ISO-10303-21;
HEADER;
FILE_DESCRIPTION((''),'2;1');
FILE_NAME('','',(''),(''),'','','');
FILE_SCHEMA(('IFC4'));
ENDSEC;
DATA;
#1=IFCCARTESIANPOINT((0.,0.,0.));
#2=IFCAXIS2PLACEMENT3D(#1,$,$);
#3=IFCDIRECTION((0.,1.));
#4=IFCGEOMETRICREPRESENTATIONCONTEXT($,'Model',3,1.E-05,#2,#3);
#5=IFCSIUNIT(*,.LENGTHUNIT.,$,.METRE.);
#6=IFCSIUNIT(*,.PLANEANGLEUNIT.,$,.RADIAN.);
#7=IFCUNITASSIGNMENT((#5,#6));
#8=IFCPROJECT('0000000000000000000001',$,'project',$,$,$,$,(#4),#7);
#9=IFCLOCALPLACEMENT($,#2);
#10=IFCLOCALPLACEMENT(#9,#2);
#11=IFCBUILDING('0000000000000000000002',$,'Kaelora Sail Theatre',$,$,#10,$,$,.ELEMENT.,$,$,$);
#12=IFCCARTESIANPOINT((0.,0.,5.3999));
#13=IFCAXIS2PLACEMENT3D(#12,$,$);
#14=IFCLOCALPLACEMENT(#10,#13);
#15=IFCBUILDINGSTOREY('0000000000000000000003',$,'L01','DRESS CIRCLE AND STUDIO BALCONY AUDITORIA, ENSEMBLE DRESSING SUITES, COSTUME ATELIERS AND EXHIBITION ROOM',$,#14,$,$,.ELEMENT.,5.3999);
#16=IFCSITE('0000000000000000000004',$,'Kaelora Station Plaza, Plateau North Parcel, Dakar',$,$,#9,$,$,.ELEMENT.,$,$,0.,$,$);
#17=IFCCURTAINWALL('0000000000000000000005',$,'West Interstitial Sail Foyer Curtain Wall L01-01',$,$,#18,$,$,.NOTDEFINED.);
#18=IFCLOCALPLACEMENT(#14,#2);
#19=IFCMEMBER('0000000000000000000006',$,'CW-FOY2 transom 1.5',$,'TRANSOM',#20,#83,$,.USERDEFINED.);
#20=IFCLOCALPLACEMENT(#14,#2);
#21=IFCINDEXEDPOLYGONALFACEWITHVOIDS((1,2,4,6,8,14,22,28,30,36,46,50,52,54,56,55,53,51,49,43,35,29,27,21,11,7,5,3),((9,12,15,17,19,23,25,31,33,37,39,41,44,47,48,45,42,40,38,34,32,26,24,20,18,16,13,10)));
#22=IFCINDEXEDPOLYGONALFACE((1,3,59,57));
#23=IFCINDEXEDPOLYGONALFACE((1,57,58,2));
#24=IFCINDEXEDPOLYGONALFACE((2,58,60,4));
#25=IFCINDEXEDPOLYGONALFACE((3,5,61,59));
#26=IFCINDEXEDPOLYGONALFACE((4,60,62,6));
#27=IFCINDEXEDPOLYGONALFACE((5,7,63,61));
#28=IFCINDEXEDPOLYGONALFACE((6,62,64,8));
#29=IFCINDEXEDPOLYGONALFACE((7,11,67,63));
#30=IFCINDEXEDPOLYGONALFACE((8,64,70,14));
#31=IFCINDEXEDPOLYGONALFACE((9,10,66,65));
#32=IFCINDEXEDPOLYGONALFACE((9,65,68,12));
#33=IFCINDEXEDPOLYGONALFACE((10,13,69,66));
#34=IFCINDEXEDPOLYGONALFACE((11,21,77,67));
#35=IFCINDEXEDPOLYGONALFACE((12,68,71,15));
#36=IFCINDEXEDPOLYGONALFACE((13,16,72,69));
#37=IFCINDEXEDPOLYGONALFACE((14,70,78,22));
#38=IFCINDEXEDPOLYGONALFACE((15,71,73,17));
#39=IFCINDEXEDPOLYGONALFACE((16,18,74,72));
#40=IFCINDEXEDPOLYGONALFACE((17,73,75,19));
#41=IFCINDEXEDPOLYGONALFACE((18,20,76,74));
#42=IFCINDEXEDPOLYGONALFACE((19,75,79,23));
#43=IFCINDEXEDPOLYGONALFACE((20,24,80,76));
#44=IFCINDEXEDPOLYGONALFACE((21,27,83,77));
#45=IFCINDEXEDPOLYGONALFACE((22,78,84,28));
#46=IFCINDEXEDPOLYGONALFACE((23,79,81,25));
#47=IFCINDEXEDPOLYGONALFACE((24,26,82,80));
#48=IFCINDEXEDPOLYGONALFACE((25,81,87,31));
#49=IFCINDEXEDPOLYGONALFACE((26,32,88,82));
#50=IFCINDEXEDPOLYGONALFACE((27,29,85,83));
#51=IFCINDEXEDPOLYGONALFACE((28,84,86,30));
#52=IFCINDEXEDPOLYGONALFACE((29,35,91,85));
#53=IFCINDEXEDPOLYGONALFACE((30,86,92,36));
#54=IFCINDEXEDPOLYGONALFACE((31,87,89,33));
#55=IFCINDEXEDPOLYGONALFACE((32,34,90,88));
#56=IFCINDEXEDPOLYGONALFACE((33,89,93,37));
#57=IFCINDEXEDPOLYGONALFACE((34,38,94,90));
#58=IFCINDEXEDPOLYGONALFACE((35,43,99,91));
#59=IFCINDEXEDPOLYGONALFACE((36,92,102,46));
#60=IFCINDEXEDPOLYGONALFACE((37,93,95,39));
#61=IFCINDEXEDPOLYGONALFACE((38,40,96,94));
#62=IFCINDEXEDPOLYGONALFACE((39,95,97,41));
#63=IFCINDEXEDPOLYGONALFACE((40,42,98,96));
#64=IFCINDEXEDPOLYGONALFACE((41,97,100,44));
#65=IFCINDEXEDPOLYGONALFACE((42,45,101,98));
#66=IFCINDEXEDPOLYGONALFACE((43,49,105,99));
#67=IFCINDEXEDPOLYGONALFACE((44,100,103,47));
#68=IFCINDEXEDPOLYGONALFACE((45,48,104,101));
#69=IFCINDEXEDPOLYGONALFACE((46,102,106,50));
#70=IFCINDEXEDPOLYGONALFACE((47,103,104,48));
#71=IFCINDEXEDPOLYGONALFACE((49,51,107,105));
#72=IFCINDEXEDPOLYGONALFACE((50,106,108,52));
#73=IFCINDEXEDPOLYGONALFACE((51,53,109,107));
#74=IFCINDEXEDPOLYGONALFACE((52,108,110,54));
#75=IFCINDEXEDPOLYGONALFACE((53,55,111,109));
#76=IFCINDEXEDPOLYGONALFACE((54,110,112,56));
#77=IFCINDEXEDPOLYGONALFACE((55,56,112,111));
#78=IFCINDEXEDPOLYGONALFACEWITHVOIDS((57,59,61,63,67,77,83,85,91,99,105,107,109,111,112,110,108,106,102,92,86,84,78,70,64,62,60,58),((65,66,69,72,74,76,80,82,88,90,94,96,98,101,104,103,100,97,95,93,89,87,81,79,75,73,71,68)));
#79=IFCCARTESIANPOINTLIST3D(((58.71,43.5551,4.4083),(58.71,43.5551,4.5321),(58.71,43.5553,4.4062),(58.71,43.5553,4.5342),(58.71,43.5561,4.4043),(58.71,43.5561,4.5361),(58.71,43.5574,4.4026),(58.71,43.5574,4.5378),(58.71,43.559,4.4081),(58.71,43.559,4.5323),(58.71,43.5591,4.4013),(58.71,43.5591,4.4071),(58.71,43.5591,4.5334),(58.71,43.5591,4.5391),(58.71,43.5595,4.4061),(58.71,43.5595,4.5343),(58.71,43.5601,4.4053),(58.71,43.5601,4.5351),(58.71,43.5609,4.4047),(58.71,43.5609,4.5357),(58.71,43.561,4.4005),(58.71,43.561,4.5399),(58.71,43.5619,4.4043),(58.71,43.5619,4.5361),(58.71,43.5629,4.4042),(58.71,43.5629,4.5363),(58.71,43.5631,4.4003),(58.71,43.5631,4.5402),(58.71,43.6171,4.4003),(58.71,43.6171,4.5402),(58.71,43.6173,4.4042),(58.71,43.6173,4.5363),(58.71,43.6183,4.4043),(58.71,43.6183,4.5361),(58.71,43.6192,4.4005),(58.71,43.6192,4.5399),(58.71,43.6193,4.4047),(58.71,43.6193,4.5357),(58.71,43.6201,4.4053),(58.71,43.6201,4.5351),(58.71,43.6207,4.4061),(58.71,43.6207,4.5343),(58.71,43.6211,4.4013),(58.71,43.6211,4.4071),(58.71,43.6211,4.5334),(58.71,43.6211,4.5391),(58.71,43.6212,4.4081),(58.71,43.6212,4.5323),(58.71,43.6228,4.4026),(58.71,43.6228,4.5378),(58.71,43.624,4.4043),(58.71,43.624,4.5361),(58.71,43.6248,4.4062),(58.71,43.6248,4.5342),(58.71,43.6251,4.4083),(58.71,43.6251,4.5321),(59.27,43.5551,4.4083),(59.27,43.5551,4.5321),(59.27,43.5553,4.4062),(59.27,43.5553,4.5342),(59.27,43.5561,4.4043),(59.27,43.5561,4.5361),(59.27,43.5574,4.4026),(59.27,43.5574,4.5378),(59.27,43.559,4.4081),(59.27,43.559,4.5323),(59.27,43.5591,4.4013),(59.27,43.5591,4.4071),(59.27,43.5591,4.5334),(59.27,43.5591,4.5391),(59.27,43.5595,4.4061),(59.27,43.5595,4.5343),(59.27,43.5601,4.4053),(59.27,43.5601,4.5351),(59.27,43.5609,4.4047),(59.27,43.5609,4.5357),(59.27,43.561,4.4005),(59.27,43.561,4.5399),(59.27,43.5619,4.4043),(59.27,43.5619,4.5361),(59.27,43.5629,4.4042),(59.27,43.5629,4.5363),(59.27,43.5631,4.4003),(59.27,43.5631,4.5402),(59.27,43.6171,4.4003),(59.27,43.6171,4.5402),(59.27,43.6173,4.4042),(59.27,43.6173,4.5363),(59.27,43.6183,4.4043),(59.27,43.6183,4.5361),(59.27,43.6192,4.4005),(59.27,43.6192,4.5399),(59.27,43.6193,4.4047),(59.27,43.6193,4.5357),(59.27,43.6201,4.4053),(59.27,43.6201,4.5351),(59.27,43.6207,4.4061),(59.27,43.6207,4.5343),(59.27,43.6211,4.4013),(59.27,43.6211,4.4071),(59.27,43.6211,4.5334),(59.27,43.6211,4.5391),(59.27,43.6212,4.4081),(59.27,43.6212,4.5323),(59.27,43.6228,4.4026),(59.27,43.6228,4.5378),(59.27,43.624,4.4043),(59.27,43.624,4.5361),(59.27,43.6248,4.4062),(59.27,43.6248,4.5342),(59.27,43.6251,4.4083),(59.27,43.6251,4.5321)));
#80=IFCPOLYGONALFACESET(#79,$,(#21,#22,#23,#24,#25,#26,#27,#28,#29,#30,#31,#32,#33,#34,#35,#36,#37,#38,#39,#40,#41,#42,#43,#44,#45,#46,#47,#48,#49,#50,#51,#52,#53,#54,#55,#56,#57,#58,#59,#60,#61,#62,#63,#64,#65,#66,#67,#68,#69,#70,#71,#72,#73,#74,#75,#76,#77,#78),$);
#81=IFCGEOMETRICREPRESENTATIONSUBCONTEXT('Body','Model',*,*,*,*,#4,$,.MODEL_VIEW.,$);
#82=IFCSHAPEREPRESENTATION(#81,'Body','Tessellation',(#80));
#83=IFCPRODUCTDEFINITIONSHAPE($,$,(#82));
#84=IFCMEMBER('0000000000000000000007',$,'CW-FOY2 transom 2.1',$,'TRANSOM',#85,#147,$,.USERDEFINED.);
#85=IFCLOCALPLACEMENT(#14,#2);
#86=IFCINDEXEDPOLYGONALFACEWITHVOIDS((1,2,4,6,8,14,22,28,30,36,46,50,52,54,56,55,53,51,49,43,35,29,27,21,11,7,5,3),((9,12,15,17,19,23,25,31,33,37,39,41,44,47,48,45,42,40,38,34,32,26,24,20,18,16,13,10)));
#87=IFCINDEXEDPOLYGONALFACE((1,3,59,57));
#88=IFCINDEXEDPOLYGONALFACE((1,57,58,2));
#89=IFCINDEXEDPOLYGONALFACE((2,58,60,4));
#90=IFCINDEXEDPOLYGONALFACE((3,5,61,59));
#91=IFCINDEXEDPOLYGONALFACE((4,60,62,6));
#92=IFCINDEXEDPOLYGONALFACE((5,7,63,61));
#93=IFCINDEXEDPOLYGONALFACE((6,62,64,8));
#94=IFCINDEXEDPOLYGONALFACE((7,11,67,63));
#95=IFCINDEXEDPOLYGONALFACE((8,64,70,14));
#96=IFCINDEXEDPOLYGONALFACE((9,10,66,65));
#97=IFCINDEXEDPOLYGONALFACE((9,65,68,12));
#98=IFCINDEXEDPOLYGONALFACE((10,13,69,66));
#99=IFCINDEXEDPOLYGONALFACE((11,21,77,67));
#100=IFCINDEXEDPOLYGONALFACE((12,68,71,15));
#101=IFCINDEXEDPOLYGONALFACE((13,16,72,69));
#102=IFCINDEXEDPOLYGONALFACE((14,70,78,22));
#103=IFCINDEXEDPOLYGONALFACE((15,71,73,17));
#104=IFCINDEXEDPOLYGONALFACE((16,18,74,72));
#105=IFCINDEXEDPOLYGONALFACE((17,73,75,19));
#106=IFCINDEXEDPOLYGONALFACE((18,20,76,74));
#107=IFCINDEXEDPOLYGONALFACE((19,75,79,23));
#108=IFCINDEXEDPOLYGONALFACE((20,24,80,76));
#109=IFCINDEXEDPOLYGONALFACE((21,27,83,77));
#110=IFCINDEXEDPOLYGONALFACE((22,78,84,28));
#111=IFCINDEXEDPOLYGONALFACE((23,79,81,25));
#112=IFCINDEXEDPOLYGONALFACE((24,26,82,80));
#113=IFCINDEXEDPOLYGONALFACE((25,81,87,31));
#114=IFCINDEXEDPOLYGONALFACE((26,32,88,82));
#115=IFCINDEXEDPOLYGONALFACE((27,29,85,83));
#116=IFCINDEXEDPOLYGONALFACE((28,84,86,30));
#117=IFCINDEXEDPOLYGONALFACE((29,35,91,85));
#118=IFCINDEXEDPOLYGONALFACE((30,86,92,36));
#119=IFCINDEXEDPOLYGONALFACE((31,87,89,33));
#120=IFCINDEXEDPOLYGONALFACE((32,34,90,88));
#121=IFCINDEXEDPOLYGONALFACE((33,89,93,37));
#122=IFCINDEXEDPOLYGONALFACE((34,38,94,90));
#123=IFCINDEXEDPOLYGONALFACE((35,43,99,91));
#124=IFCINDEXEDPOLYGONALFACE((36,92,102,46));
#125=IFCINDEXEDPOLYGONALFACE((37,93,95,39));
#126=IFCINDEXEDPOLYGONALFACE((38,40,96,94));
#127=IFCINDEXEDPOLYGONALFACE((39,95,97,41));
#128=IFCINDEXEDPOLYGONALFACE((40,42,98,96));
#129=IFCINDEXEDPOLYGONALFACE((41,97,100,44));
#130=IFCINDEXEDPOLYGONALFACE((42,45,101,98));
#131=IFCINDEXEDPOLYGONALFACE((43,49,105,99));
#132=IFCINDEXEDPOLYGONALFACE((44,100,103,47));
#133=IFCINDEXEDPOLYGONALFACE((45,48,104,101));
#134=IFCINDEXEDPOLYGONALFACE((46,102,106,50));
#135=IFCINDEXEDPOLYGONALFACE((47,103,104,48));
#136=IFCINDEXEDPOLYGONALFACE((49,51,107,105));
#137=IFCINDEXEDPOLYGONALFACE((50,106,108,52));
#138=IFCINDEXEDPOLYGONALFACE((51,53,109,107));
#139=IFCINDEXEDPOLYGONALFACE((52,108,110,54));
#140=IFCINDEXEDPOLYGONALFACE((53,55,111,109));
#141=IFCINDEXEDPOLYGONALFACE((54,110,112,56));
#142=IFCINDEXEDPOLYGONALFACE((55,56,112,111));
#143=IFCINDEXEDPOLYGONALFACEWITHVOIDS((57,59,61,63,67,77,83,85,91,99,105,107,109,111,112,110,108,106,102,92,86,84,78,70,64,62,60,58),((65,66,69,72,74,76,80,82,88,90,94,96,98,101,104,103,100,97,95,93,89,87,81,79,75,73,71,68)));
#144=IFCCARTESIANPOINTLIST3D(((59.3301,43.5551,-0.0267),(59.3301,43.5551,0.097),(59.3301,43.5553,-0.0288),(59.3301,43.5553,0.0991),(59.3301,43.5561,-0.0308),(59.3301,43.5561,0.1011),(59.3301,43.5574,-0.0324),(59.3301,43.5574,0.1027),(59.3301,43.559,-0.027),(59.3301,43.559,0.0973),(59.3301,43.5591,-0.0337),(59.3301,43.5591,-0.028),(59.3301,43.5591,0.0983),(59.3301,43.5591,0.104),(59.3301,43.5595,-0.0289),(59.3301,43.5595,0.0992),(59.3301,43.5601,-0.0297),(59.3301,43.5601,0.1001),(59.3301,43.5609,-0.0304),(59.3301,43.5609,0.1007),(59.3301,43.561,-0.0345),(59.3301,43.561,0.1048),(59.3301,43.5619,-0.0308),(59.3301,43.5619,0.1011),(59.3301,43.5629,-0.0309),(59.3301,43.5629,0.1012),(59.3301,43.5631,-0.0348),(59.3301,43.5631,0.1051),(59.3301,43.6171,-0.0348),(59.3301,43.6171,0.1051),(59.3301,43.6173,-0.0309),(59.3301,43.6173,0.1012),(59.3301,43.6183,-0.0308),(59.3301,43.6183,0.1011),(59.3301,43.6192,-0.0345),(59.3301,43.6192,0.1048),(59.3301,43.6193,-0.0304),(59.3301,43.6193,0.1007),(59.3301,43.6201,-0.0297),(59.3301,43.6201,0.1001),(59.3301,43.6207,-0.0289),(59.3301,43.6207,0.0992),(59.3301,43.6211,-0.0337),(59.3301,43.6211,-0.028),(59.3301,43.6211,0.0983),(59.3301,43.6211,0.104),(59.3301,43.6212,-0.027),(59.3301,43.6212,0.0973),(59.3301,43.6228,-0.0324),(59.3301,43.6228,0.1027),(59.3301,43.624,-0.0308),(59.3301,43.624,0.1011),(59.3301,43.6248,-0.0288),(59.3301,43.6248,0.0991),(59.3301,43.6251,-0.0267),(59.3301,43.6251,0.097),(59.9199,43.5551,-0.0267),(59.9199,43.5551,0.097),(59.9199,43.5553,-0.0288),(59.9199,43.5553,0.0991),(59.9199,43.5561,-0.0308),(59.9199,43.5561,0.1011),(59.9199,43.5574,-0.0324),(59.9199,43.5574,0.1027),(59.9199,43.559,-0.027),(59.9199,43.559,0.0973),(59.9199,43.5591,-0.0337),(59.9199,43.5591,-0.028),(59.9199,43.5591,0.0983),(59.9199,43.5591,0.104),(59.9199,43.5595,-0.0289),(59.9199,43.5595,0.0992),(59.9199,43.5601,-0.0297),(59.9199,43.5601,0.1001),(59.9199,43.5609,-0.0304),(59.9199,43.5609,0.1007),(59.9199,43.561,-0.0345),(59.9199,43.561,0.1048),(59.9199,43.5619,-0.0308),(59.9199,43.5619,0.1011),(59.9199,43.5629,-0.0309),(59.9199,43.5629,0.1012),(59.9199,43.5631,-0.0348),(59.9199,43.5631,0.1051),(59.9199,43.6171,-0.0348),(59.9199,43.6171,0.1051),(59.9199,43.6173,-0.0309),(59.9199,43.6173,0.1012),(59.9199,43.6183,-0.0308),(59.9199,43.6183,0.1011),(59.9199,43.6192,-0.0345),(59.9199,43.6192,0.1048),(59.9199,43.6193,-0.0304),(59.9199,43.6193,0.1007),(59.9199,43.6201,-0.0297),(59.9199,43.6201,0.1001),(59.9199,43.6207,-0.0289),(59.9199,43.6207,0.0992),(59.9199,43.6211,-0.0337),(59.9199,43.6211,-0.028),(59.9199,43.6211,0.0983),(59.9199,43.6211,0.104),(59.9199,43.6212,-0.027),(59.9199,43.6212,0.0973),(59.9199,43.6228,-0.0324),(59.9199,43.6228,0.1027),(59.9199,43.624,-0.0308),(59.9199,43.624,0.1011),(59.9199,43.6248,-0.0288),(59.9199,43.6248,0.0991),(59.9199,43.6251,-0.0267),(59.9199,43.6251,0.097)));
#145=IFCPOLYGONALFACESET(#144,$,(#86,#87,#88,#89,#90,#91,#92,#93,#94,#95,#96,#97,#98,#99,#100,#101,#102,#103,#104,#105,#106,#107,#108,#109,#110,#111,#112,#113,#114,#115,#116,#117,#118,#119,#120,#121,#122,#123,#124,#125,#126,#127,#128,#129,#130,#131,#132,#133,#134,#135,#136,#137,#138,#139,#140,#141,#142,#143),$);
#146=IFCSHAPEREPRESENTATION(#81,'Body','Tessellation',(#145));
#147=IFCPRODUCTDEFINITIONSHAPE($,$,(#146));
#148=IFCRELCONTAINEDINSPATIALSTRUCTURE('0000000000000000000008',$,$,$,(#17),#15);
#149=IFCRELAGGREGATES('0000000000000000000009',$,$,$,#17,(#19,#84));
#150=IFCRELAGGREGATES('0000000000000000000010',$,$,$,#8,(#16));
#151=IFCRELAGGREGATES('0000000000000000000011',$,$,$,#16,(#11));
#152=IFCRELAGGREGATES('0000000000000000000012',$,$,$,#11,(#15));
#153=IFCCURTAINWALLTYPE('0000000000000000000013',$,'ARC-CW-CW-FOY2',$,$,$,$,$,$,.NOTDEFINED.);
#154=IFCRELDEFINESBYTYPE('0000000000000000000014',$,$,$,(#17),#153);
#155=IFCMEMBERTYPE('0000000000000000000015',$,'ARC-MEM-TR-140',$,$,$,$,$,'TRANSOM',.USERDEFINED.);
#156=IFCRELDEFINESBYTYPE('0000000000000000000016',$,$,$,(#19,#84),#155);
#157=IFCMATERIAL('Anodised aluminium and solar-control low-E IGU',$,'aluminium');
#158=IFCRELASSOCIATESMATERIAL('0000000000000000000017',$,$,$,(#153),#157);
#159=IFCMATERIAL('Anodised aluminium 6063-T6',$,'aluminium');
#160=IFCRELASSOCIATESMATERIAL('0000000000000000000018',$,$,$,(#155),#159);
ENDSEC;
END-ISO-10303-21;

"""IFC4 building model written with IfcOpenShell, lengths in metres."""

from ifc_helpers import new_model, si_unit, direction, frame, origin, origin_2d, place, context, subcontext, project, spatial, hollow_rectangle, extrude, material, material_profile, profile_set, type_object, element, aggregate, save


model = new_model("IFC4")

# Units and contexts
model_context = context("Model", 3, precision=1e-05, world=origin(), true_north=direction((0.0, 1.0)))
body_context = subcontext(model_context, "Body", "Model", "MODEL_VIEW")
ifc_project = project(units=[si_unit("LENGTHUNIT", "METRE"), si_unit("PLANEANGLEUNIT", "RADIAN")], contexts=[model_context])

# Site, building, storey
site_placement = place(None, origin())
site = spatial("IfcSite", under=ifc_project, at=site_placement, Name="Kaelora Station Plaza, Plateau North Parcel, Dakar", CompositionType="ELEMENT", RefElevation=0.0)
building_placement = place(site_placement, origin())
building = spatial("IfcBuilding", under=site, at=building_placement, Name="Kaelora Sail Theatre", CompositionType="ELEMENT")
storey_placement = place(building_placement, frame((0.0, 0.0, 5.3999)))
storey = spatial("IfcBuildingStorey", under=building, at=storey_placement, Name="L01", Description="DRESS CIRCLE AND STUDIO BALCONY AUDITORIA, ENSEMBLE DRESSING SUITES, COSTUME ATELIERS AND EXHIBITION ROOM", CompositionType="ELEMENT", Elevation=5.3999)

# Curtain wall, members
ifc_material_1 = material(Name="Anodised aluminium and solar-control low-E IGU", Category="aluminium")
curtain_wall_type = type_object("IfcCurtainWallType", Name="ARC-CW-CW-FOY2", PredefinedType="NOTDEFINED", material=ifc_material_1)
curtain_wall_placement = place(storey_placement, origin())
curtain_wall = element("IfcCurtainWall", 1, at=curtain_wall_placement, inside=storey, type_object=curtain_wall_type, Name="West Interstitial Sail Foyer Curtain Wall L01-01", PredefinedType="NOTDEFINED")
ifc_material_2 = material(Name="Anodised aluminium 6063-T6", Category="aluminium")
ifc_material_profile_1 = material_profile(ifc_material_2, hollow_rectangle(XDim=0.0701, YDim=0.1399, WallThickness=0.0039, InnerFilletRadius=0.0039, OuterFilletRadius=0.0081, at=origin_2d()), Name="ALU-TRAN 70x140x4")
ifc_profile_set_1 = profile_set([ifc_material_profile_1], Name="Anodised aluminium 6063-T6")
member_type_1 = type_object("IfcMemberType", Name="ARC-MEM-TR-140", ElementType="TRANSOM", PredefinedType="USERDEFINED", material=ifc_profile_set_1)
member_1_placement = place(storey_placement, frame((58.71, 43.5901, 4.4702), z_axis=(1.0, 0.0, 0.0), x_axis=(0.0, 1.0, 0.0)))
member_1 = element("IfcMember", 2, at=member_1_placement, type_object=member_type_1, Name="CW-FOY2 transom 1.5", ObjectType="TRANSOM", PredefinedType="USERDEFINED", context=body_context, shape_type="SweptSolid", body=[
    extrude(hollow_rectangle(XDim=0.0701, YDim=0.1399, WallThickness=0.0039, InnerFilletRadius=0.0039, OuterFilletRadius=0.0081, at=origin_2d()), origin(), (0.0, 0.0, 1.0), 0.5601),
])
member_2_placement = place(storey_placement, frame((59.3301, 43.5901, 0.0352), z_axis=(1.0, 0.0, 0.0), x_axis=(0.0, 1.0, 0.0)))
member_2 = element("IfcMember", 3, at=member_2_placement, type_object=member_type_1, Name="CW-FOY2 transom 2.1", ObjectType="TRANSOM", PredefinedType="USERDEFINED", context=body_context, shape_type="SweptSolid", body=[
    extrude(hollow_rectangle(XDim=0.0701, YDim=0.1399, WallThickness=0.0039, InnerFilletRadius=0.0039, OuterFilletRadius=0.0081, at=origin_2d()), origin(), (0.0, 0.0, 1.0), 0.5898),
])
aggregate(curtain_wall, [member_1, member_2])

save(model, "model.ifc")
